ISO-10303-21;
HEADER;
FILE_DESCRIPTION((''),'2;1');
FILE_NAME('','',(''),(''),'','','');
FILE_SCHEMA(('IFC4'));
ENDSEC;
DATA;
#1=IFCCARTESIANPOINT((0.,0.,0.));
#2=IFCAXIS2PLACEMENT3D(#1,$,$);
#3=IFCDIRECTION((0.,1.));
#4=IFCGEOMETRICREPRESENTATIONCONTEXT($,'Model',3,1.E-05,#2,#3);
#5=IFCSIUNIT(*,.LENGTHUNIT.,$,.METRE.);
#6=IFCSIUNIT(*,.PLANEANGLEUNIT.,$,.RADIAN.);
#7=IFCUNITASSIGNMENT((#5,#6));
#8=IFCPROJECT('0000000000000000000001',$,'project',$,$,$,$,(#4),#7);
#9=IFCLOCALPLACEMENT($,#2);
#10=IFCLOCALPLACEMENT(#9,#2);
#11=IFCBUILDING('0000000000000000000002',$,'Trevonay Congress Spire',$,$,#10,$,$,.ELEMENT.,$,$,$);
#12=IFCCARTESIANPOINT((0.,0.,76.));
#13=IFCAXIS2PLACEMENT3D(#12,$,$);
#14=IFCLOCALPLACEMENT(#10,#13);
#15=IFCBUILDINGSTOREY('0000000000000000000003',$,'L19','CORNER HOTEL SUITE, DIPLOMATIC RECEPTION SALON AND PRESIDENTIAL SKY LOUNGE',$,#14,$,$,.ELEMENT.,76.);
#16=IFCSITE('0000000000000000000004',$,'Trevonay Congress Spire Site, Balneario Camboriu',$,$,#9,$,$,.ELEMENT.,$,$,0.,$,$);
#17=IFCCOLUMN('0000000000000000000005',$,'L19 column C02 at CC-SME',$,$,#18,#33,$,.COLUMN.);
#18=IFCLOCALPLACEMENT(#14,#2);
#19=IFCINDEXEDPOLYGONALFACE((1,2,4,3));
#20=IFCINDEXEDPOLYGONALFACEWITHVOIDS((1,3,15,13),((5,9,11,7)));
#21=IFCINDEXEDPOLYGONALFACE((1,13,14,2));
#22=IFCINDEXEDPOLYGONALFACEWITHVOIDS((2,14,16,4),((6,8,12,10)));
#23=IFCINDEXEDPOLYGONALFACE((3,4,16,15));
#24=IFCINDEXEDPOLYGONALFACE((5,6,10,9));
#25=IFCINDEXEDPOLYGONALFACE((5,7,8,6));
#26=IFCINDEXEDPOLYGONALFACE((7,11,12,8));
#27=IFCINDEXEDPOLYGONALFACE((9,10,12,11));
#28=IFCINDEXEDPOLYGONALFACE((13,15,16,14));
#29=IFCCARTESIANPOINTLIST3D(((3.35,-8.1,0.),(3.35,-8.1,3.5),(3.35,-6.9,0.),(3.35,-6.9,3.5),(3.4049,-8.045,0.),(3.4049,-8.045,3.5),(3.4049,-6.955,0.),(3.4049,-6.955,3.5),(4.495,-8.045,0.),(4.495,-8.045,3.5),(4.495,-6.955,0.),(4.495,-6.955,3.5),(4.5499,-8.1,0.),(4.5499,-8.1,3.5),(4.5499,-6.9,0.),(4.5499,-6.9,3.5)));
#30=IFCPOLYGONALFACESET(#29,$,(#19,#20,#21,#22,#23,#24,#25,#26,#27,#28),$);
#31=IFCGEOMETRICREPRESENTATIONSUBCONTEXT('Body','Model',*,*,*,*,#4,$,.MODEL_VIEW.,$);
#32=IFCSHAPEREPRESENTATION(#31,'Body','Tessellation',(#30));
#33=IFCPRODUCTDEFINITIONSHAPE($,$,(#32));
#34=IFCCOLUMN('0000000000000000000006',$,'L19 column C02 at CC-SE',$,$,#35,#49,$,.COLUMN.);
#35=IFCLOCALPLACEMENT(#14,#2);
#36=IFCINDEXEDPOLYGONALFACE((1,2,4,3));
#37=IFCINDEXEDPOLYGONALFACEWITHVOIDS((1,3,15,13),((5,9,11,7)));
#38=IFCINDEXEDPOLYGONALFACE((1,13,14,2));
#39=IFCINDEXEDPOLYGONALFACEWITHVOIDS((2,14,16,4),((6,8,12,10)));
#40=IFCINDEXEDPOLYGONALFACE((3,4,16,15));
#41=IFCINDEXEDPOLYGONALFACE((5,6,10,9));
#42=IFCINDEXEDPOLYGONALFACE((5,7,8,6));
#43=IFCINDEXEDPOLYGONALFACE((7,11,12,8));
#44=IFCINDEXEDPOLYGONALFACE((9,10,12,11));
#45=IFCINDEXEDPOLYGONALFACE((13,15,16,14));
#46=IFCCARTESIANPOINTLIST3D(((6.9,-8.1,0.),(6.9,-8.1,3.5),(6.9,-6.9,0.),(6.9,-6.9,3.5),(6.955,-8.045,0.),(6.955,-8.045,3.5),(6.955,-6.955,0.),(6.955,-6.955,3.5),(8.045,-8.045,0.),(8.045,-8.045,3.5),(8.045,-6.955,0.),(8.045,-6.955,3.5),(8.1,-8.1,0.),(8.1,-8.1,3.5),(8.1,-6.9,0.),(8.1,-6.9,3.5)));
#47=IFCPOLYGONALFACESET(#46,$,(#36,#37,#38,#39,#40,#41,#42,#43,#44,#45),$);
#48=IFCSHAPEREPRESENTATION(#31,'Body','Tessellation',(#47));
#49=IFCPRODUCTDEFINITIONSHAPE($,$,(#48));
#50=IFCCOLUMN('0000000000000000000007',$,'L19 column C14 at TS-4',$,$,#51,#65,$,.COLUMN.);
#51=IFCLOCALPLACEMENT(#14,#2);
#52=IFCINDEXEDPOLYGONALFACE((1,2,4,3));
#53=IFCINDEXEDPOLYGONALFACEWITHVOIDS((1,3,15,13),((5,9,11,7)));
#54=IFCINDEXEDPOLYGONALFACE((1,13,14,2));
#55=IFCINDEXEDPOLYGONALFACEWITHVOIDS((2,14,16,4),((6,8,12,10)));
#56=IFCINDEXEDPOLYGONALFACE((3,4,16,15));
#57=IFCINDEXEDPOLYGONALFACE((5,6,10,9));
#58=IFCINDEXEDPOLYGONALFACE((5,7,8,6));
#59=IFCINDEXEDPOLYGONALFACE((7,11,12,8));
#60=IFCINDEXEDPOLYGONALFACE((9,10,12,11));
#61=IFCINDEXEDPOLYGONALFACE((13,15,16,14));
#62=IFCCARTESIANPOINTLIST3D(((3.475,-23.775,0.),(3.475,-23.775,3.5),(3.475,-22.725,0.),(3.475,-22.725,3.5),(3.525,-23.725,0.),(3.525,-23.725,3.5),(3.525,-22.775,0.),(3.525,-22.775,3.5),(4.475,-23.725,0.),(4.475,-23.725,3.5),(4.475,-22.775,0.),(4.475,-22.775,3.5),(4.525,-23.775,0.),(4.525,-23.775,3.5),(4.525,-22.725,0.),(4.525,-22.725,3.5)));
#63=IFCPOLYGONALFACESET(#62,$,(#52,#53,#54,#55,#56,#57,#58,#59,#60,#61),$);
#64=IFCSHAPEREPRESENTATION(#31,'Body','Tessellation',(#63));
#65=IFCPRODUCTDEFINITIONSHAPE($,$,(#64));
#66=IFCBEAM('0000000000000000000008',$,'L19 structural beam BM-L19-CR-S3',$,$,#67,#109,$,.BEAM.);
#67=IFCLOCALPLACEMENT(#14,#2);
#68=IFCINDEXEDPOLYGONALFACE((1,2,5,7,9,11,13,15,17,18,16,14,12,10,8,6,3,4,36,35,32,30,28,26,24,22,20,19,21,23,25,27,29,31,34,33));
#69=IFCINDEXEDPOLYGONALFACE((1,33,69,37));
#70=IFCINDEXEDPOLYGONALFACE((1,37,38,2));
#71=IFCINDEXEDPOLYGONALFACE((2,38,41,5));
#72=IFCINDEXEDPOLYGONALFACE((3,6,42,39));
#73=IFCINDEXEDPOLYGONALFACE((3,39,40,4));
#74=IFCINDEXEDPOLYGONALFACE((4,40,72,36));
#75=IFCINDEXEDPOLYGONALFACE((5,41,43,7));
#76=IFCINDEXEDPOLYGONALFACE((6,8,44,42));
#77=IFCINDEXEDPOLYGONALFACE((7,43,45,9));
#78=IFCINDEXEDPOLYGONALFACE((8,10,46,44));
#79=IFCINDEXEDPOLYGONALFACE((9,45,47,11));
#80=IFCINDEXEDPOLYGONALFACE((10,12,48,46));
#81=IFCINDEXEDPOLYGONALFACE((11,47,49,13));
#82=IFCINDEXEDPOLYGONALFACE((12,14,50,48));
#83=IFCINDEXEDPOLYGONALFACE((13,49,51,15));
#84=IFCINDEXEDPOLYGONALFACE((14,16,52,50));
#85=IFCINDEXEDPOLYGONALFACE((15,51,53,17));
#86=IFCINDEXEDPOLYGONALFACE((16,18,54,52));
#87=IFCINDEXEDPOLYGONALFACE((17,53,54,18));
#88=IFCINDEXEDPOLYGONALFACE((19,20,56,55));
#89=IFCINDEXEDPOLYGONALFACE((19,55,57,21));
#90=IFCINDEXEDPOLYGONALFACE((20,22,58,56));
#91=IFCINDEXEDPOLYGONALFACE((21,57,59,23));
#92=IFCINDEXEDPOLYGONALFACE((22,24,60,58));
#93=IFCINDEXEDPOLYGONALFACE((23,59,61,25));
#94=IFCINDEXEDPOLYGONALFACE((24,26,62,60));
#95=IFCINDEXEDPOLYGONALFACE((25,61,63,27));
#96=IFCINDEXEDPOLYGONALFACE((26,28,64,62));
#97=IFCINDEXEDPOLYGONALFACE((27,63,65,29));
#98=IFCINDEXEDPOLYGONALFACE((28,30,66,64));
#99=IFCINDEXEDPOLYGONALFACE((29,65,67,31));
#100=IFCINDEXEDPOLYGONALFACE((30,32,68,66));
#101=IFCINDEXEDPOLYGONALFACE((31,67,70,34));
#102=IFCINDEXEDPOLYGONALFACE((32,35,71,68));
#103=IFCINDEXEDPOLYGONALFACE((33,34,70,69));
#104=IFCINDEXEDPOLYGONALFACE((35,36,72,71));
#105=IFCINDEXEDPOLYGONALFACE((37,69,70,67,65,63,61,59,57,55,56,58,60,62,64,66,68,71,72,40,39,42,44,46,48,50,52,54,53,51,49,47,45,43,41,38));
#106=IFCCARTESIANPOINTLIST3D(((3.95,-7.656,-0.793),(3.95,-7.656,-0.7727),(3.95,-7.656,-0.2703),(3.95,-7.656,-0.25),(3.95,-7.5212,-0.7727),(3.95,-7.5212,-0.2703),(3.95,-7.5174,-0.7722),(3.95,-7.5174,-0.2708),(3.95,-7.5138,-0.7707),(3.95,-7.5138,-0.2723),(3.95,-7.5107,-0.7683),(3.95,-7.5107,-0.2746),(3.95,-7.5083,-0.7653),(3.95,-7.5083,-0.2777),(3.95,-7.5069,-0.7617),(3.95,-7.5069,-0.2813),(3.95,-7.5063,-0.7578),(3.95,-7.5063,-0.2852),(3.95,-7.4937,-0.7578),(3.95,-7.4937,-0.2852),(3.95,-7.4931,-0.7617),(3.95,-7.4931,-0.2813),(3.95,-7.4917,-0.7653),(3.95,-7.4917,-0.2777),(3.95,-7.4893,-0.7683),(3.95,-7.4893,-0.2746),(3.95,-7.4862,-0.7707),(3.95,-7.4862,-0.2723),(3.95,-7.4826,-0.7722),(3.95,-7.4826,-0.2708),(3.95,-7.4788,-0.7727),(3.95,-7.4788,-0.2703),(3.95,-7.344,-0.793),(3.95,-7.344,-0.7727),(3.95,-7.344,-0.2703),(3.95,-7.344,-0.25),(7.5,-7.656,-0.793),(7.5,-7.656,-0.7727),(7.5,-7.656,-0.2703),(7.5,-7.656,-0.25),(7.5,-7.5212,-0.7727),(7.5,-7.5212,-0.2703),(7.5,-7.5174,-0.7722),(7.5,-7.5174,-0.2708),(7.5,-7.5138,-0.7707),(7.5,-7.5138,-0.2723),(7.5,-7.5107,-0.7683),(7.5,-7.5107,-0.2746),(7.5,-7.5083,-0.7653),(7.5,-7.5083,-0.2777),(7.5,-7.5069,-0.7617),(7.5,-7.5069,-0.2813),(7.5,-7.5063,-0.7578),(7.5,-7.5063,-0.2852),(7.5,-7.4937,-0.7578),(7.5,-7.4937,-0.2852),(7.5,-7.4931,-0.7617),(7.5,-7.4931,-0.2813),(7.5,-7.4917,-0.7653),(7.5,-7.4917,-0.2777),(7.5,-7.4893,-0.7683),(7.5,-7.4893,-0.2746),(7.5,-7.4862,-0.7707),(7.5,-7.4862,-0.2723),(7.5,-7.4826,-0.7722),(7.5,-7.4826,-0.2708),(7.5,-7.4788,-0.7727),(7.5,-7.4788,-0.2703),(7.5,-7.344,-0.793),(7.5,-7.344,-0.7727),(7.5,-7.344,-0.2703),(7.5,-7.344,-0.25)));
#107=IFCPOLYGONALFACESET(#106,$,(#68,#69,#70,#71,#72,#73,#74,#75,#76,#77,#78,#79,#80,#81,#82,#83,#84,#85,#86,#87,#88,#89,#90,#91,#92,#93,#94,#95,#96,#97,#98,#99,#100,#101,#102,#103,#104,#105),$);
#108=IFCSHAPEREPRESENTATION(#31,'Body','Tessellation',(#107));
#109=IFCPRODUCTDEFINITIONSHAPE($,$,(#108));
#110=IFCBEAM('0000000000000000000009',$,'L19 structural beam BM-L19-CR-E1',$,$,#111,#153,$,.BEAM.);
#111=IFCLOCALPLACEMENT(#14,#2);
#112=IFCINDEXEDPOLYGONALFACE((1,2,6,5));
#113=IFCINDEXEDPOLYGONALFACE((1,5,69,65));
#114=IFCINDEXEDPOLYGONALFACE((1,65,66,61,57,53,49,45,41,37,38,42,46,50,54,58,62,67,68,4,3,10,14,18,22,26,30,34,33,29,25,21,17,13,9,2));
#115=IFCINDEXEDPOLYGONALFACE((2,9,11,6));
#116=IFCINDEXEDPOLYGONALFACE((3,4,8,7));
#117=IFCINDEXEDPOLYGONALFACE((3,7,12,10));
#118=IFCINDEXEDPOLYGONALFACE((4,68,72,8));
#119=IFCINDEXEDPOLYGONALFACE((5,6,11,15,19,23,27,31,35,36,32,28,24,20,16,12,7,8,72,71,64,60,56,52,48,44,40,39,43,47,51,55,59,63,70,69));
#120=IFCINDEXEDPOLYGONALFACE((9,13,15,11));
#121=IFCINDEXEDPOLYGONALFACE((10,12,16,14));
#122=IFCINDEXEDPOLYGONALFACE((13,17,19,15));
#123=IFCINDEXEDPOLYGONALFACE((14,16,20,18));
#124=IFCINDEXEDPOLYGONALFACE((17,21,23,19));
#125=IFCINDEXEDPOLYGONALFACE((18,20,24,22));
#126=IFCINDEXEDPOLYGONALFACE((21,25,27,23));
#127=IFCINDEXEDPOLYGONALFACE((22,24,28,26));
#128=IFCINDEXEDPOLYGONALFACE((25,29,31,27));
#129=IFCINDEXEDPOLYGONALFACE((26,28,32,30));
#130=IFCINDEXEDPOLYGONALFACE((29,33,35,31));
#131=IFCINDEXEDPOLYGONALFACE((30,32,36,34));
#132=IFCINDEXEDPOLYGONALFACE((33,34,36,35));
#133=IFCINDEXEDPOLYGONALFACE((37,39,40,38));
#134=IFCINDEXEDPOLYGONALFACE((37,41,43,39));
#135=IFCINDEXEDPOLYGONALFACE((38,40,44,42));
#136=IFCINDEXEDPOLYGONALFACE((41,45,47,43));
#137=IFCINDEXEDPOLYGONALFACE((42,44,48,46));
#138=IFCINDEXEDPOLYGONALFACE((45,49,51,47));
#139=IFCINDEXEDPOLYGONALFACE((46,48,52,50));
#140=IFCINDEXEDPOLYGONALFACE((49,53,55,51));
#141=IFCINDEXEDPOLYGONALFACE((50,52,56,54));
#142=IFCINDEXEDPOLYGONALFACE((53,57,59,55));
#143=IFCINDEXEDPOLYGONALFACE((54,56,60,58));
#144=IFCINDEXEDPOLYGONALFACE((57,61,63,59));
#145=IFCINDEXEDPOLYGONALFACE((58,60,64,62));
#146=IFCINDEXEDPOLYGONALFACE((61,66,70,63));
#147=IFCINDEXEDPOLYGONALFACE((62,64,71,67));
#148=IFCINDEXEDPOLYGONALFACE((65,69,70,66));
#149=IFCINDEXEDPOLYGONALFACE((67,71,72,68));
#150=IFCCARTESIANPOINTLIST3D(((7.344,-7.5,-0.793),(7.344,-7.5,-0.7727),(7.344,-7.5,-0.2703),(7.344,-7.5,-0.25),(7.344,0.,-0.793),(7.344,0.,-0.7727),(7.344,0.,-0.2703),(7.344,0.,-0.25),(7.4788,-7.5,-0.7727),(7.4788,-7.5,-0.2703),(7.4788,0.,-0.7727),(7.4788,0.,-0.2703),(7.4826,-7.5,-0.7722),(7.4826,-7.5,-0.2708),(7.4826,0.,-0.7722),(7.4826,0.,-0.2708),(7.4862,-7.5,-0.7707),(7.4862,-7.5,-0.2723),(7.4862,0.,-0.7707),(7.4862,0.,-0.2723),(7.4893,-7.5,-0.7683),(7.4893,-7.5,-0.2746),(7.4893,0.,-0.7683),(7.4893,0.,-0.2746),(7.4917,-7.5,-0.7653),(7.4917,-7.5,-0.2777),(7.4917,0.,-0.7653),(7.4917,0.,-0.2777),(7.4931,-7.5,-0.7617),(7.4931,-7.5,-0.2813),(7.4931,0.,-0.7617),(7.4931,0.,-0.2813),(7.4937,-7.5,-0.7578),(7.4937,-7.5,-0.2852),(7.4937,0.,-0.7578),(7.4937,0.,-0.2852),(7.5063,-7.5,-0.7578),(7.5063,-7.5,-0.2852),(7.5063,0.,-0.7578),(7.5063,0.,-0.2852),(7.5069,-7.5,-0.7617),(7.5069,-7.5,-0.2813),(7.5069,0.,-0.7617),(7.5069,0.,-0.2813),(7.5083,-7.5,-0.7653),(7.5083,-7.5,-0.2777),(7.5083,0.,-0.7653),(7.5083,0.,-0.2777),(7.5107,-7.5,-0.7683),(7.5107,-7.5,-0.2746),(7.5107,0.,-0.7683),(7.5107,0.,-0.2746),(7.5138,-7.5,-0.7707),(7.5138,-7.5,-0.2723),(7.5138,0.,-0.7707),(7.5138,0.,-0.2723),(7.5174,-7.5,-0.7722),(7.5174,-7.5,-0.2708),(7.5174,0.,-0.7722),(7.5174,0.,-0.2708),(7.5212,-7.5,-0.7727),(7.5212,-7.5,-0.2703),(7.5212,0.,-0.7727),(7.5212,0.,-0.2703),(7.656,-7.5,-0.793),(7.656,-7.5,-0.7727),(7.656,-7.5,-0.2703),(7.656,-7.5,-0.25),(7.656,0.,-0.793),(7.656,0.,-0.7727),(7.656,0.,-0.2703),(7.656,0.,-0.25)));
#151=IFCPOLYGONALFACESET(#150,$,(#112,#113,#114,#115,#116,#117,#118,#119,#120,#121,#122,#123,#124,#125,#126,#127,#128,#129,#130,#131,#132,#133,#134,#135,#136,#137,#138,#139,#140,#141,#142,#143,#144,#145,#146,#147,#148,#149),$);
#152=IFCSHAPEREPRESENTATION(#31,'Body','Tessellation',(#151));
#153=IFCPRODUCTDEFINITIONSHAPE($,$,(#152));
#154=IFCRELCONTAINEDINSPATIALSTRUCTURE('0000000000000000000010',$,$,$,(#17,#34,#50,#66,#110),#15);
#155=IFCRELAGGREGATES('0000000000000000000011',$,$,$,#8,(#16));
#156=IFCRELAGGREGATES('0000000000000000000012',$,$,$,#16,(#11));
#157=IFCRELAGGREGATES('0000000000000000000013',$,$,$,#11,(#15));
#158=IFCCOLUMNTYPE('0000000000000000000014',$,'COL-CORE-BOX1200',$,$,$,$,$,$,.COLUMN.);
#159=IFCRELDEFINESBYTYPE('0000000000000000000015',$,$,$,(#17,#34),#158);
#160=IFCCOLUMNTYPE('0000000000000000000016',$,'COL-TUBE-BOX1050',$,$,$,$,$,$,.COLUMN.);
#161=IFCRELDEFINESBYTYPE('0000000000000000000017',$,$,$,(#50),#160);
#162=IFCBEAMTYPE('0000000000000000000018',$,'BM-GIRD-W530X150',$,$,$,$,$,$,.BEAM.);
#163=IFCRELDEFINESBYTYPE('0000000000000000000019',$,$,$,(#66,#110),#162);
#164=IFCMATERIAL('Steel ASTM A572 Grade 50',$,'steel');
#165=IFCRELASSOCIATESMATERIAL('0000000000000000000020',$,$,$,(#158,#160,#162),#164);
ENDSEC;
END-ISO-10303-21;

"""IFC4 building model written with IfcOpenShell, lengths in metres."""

from ifc_helpers import new_model, si_unit, direction, frame, origin, origin_2d, place, context, subcontext, project, spatial, hollow_rectangle, i_section, extrude, material, material_profile, profile_set, type_object, element, save


model = new_model("IFC4")

# Units and contexts
model_context = context("Model", 3, precision=1e-05, world=origin(), true_north=direction((0.0, 1.0)))
body_context = subcontext(model_context, "Body", "Model", "MODEL_VIEW")
ifc_project = project(units=[si_unit("LENGTHUNIT", "METRE"), si_unit("PLANEANGLEUNIT", "RADIAN")], contexts=[model_context])

# Site, building, storey
site_placement = place(None, origin())
site = spatial("IfcSite", under=ifc_project, at=site_placement, Name="Trevonay Congress Spire Site, Balneario Camboriu", CompositionType="ELEMENT", RefElevation=0.0)
building_placement = place(site_placement, origin())
building = spatial("IfcBuilding", under=site, at=building_placement, Name="Trevonay Congress Spire", CompositionType="ELEMENT")
storey_placement = place(building_placement, frame((0.0, 0.0, 76.0)))
storey = spatial("IfcBuildingStorey", under=building, at=storey_placement, Name="L19", Description="CORNER HOTEL SUITE, DIPLOMATIC RECEPTION SALON AND PRESIDENTIAL SKY LOUNGE", CompositionType="ELEMENT", Elevation=76.0)

# Columns
ifc_material_1 = material(Name="Steel ASTM A572 Grade 50", Category="steel")
ifc_material_profile_1 = material_profile(ifc_material_1, hollow_rectangle(XDim=1.2, YDim=1.2, WallThickness=0.0549, at=origin_2d()), Name="BOX 1200x1200x55")
ifc_profile_set_1 = profile_set([ifc_material_profile_1], Name="Steel ASTM A572 Grade 50")
column_type_1 = type_object("IfcColumnType", Name="COL-CORE-BOX1200", PredefinedType="COLUMN", material=ifc_profile_set_1)
for number, where, z_axis, x_axis, name in (
    (1, (3.95, -7.5, 0.0), (0.0, 0.0, 1.0), (1.0, 0.0, 0.0), "L19 column C02 at CC-SME"),
    (2, (7.5, -7.5, 0.0), (0.0, 0.0, 1.0), (1.0, 0.0, 0.0), "L19 column C02 at CC-SE"),
):
    element("IfcColumn", number, at=place(storey_placement, frame(where, z_axis=z_axis, x_axis=x_axis)), inside=storey, type_object=column_type_1, Name=name, PredefinedType="COLUMN", context=body_context, shape_type="SweptSolid", body=[
        extrude(hollow_rectangle(XDim=1.2, YDim=1.2, WallThickness=0.0549, at=origin_2d()), origin(), (0.0, 0.0, 1.0), 3.5),
    ])
ifc_material_profile_2 = material_profile(ifc_material_1, hollow_rectangle(XDim=1.05, YDim=1.05, WallThickness=0.05, at=origin_2d()), Name="BOX 1050x1050x50")
ifc_profile_set_2 = profile_set([ifc_material_profile_2], Name="Steel ASTM A572 Grade 50")
column_type_2 = type_object("IfcColumnType", Name="COL-TUBE-BOX1050", PredefinedType="COLUMN", material=ifc_profile_set_2)
column_placement = place(storey_placement, frame((4.0, -23.25, 0.0), z_axis=(0.0, 0.0, 1.0), x_axis=(1.0, 0.0, 0.0)))
element("IfcColumn", 3, at=column_placement, inside=storey, type_object=column_type_2, Name="L19 column C14 at TS-4", PredefinedType="COLUMN", context=body_context, shape_type="SweptSolid", body=[
    extrude(hollow_rectangle(XDim=1.05, YDim=1.05, WallThickness=0.05, at=origin_2d()), origin(), (0.0, 0.0, 1.0), 3.5),
])

# Beams
ifc_material_profile_3 = material_profile(ifc_material_1, i_section(OverallWidth=0.312, OverallDepth=0.543, WebThickness=0.0127, FlangeThickness=0.0203, FilletRadius=0.0149, at=origin_2d()), Name="W530x150")
ifc_profile_set_3 = profile_set([ifc_material_profile_3], Name="Steel ASTM A572 Grade 50")
beam_type_1 = type_object("IfcBeamType", Name="BM-GIRD-W530X150", PredefinedType="BEAM", material=ifc_profile_set_3)
beam_1_placement = place(storey_placement, frame((3.95, -7.5, -0.5215), z_axis=(1.0, 0.0, 0.0), x_axis=(0.0, 1.0, 0.0)))
element("IfcBeam", 4, at=beam_1_placement, inside=storey, type_object=beam_type_1, Name="L19 structural beam BM-L19-CR-S3", PredefinedType="BEAM", context=body_context, shape_type="SweptSolid", body=[
    extrude(i_section(OverallWidth=0.312, OverallDepth=0.543, WebThickness=0.0127, FlangeThickness=0.0203, FilletRadius=0.0149, at=origin_2d()), origin(), (0.0, 0.0, 1.0), 3.55),
])
beam_2_placement = place(storey_placement, frame((7.5, -7.5, -0.5215), z_axis=(0.0, 1.0, 0.0), x_axis=(-1.0, 0.0, 0.0)))
element("IfcBeam", 5, at=beam_2_placement, inside=storey, type_object=beam_type_1, Name="L19 structural beam BM-L19-CR-E1", PredefinedType="BEAM", context=body_context, shape_type="SweptSolid", body=[
    extrude(i_section(OverallWidth=0.312, OverallDepth=0.543, WebThickness=0.0127, FlangeThickness=0.0203, FilletRadius=0.0149, at=origin_2d()), origin(), (0.0, 0.0, 1.0), 7.5),
])

save(model, "model.ifc")
